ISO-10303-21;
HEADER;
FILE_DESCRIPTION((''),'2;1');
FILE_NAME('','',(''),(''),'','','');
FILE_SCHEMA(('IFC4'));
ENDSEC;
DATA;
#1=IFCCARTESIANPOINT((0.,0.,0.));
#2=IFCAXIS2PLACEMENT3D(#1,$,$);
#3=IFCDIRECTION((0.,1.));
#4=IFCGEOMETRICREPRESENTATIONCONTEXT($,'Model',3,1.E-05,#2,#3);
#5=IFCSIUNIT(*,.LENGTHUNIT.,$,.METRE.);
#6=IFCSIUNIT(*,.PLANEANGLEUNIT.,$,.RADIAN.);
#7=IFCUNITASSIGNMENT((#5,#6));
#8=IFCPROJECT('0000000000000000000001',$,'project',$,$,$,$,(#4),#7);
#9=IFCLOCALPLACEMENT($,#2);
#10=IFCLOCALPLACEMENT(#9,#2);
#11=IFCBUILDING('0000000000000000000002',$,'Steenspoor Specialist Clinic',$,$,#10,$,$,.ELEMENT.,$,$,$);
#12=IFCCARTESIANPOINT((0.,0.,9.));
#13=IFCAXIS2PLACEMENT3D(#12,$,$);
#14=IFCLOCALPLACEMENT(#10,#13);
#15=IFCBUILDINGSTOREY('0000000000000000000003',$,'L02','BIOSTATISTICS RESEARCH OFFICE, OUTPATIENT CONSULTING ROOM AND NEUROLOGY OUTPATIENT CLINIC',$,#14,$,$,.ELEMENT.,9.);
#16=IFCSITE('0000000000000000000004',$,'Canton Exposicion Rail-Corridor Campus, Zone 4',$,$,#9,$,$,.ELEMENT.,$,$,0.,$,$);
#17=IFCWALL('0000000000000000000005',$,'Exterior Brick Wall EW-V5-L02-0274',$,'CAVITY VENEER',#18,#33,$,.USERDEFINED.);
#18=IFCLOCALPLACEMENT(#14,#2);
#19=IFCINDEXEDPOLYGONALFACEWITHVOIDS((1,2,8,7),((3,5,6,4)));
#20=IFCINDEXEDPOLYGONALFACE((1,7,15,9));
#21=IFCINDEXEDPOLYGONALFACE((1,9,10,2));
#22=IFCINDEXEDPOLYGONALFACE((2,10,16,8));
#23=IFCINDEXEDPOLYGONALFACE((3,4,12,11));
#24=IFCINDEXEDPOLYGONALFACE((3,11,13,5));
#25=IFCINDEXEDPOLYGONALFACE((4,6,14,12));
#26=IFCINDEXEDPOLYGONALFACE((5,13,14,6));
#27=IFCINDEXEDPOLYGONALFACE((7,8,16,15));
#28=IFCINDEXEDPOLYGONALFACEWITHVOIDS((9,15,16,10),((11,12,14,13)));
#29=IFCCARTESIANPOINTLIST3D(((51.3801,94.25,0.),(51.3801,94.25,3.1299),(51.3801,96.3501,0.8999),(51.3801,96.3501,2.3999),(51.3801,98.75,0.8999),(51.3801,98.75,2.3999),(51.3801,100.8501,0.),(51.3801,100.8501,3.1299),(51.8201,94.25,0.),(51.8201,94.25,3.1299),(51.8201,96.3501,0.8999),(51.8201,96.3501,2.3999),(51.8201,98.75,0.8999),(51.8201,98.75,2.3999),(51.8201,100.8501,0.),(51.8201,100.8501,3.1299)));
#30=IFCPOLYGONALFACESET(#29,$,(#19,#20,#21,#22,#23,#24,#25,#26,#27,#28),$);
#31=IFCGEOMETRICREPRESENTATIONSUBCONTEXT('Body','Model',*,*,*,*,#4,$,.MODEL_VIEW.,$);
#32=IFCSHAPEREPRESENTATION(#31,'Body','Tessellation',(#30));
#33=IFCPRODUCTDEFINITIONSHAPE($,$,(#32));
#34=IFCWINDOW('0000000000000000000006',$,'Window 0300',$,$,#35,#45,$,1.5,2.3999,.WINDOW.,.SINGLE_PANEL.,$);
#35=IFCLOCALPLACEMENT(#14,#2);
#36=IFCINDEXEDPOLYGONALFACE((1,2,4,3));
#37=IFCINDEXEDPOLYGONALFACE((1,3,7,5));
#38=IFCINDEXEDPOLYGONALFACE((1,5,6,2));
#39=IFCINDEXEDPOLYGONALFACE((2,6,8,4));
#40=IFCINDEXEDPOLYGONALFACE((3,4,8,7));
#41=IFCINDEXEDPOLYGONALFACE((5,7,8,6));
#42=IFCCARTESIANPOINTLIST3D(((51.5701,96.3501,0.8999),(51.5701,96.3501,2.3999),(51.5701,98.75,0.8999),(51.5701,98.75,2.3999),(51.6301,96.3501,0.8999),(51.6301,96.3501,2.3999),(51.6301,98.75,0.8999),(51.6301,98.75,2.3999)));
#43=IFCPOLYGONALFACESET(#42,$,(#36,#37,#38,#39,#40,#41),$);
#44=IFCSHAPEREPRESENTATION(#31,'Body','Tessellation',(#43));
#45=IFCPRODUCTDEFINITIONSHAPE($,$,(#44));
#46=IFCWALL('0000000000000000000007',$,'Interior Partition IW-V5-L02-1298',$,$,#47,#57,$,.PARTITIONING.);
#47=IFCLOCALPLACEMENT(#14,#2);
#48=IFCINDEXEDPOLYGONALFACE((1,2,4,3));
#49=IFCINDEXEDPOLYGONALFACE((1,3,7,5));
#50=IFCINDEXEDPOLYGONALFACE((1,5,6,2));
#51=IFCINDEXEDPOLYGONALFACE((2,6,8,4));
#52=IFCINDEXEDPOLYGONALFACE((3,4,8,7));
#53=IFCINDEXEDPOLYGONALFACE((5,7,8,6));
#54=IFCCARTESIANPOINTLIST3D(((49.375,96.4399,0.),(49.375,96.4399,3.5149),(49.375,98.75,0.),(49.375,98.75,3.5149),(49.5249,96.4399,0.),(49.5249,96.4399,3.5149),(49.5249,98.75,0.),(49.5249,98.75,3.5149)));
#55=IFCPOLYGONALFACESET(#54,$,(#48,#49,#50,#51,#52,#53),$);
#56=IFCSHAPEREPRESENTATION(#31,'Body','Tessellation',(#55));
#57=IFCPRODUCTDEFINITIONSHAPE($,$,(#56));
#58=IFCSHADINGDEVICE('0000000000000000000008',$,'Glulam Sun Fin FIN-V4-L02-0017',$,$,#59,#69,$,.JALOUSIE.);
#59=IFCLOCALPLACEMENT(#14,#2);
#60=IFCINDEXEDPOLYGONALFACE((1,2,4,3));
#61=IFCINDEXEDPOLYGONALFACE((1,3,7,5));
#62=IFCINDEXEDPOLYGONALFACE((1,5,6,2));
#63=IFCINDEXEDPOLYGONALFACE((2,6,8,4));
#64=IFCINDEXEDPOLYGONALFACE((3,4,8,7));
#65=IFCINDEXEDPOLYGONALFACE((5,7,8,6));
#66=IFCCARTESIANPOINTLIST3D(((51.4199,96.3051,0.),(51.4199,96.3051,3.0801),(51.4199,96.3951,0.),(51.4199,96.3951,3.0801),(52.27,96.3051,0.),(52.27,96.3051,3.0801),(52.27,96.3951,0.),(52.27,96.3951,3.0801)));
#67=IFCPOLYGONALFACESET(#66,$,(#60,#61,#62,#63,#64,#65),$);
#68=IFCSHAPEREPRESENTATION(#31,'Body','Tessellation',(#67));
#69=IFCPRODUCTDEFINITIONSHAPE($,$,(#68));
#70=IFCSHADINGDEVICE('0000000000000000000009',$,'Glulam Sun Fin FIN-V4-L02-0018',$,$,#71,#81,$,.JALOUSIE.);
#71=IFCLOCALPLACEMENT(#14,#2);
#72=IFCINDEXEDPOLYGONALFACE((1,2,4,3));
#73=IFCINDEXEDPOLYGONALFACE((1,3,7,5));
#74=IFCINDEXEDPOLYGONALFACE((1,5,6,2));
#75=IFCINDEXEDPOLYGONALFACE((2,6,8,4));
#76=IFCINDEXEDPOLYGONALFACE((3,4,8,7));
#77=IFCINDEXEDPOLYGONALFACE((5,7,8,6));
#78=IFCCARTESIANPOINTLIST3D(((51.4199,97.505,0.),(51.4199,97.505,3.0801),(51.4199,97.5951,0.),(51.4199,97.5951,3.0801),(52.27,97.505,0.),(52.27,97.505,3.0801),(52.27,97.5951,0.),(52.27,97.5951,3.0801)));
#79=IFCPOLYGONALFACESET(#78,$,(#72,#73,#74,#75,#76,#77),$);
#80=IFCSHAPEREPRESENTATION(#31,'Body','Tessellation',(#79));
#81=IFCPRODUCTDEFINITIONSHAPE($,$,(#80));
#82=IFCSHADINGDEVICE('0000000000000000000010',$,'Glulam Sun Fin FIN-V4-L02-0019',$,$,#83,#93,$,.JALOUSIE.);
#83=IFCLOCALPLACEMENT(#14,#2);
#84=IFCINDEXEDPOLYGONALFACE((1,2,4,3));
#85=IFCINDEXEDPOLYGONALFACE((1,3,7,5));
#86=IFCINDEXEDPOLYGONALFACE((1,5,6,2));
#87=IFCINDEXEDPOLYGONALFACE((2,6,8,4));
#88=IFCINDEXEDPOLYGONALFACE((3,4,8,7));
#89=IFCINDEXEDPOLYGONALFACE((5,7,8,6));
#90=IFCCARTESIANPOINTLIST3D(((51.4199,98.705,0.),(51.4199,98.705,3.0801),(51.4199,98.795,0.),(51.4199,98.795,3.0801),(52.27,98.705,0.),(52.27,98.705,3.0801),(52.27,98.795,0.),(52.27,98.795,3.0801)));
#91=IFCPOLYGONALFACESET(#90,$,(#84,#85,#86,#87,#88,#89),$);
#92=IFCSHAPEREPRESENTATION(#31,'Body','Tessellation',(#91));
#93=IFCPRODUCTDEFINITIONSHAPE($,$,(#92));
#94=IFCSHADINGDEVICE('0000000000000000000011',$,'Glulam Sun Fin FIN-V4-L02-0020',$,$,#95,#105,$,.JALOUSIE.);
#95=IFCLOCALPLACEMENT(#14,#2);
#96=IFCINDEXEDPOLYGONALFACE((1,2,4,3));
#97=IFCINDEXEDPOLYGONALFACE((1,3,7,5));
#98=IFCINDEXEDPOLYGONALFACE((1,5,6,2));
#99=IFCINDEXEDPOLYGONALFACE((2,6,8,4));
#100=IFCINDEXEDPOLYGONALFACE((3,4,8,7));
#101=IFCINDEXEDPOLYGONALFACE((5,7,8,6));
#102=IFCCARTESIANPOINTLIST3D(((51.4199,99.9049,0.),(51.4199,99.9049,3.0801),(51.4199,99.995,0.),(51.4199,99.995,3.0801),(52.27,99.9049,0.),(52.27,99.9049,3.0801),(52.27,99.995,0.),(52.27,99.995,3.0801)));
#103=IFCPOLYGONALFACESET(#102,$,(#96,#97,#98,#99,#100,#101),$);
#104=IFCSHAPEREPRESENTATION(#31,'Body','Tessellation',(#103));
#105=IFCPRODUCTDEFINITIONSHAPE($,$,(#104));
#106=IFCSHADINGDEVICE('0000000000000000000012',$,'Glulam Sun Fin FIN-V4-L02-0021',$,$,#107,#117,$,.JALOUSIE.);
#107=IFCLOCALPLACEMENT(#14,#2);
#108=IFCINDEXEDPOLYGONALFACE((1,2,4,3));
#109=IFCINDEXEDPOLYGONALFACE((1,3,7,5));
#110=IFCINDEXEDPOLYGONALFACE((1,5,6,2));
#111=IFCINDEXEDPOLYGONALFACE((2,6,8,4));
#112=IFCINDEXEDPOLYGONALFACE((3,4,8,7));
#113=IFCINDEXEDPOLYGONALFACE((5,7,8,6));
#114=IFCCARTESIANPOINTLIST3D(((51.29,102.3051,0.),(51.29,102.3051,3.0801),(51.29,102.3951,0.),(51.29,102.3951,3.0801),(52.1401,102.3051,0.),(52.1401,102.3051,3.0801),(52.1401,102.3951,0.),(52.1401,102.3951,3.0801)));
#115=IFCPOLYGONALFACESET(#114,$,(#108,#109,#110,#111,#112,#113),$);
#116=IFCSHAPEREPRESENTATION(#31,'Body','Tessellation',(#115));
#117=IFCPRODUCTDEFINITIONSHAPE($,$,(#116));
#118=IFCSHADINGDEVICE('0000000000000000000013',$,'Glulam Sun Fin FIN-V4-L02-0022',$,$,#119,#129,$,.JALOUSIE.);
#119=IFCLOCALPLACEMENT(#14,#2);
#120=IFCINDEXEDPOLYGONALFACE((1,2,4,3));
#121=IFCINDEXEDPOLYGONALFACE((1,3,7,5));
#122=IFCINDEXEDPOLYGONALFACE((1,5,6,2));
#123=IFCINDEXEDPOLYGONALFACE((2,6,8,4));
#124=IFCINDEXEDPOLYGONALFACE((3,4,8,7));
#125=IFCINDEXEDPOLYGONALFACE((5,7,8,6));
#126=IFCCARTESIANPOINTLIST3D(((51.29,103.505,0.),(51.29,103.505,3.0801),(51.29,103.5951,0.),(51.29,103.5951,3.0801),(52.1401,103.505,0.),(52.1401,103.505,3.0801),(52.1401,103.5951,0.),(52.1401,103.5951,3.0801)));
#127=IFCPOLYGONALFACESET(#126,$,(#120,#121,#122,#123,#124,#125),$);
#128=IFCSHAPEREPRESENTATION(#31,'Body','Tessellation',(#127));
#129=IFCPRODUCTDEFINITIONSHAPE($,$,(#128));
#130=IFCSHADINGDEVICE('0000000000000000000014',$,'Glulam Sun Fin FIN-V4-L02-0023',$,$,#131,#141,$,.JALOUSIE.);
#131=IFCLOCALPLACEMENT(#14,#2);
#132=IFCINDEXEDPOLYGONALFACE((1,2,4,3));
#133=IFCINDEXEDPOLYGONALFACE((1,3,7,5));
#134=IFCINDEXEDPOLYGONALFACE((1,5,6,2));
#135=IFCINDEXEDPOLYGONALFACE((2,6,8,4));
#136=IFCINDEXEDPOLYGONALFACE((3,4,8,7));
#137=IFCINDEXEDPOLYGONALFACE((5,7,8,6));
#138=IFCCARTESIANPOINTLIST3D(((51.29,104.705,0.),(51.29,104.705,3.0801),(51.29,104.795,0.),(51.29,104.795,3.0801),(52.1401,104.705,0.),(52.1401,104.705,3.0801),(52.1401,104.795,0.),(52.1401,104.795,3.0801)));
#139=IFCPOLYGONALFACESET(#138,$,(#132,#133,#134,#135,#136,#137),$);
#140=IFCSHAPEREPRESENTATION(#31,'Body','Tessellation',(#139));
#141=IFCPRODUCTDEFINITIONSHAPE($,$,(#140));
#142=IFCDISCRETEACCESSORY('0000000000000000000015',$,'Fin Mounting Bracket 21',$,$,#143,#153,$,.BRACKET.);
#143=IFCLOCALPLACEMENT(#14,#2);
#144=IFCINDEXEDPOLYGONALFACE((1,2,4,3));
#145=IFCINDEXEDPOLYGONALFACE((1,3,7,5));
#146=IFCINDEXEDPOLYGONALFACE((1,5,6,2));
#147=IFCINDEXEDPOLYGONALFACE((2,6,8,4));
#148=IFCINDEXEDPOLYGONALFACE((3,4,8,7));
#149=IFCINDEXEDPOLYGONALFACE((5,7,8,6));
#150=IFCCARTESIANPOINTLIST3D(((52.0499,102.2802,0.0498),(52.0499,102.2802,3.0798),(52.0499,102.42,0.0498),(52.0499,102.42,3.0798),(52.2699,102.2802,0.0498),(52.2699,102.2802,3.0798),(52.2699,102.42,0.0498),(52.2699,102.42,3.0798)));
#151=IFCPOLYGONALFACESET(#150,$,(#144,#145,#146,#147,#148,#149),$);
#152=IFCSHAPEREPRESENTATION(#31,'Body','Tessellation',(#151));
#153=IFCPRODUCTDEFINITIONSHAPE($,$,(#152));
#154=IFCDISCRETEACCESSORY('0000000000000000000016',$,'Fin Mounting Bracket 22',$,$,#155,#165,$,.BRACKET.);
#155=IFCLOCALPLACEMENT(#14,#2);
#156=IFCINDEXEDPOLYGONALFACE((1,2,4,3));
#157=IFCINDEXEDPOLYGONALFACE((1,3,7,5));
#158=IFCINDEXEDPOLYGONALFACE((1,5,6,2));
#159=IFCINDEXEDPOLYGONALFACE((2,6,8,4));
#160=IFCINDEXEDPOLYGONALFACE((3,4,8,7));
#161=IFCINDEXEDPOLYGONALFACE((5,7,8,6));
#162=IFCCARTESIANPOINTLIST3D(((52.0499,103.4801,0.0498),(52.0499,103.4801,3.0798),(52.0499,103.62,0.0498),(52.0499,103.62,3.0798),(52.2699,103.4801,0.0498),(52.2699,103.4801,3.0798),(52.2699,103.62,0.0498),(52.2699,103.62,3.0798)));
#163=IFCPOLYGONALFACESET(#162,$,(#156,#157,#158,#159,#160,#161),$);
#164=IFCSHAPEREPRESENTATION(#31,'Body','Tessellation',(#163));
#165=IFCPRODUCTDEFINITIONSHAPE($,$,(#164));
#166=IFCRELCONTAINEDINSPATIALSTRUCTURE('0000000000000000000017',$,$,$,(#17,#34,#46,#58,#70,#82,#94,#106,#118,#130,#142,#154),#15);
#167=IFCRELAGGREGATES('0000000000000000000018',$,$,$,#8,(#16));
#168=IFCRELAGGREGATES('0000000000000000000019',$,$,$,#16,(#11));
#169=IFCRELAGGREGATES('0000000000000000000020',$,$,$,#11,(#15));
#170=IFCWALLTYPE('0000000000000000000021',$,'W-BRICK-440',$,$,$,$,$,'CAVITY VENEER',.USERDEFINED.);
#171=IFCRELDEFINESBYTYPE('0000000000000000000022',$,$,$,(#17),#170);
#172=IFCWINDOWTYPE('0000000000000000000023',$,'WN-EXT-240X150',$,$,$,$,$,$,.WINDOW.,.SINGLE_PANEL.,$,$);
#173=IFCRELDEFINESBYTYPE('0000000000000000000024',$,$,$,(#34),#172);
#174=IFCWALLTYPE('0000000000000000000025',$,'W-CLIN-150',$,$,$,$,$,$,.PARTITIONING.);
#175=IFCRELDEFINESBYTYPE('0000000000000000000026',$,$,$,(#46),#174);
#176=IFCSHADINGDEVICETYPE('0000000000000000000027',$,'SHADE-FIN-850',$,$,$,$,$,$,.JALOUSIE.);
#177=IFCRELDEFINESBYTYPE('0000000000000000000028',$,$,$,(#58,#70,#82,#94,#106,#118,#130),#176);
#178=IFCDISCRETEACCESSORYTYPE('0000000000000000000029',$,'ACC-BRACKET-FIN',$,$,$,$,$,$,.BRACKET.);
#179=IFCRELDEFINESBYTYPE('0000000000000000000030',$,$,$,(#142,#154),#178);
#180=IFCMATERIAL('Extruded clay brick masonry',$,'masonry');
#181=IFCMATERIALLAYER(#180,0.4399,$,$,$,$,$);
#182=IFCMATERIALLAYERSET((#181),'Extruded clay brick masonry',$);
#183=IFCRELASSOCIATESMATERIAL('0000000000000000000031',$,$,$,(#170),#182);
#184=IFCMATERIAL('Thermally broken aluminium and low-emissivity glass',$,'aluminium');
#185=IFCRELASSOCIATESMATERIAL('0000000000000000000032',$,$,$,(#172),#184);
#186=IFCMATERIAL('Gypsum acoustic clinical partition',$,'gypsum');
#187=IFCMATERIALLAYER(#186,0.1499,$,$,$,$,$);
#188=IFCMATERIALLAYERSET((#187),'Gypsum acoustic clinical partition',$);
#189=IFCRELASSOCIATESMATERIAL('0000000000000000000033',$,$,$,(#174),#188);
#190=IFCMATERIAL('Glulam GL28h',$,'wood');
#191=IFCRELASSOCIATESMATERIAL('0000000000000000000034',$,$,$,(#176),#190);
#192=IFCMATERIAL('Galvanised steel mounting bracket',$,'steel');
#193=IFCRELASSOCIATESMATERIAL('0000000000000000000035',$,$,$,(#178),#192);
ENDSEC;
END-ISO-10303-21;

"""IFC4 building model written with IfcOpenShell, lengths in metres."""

from ifc_helpers import new_model, si_unit, direction, frame, frame_2d, origin, origin_2d, place, context, subcontext, project, spatial, rectangle, extrude, material, layer, layer_set, material_profile, profile_set, type_object, element, fill, save


model = new_model("IFC4")

# Units and contexts
model_context = context("Model", 3, precision=1e-05, world=origin(), true_north=direction((0.0, 1.0)))
body_context = subcontext(model_context, "Body", "Model", "MODEL_VIEW")
ifc_project = project(units=[si_unit("LENGTHUNIT", "METRE"), si_unit("PLANEANGLEUNIT", "RADIAN")], contexts=[model_context])

# Site, building, storey
site_placement = place(None, origin())
site = spatial("IfcSite", under=ifc_project, at=site_placement, Name="Canton Exposicion Rail-Corridor Campus, Zone 4", CompositionType="ELEMENT", RefElevation=0.0)
building_placement = place(site_placement, origin())
building = spatial("IfcBuilding", under=site, at=building_placement, Name="Steenspoor Specialist Clinic", CompositionType="ELEMENT")
storey_placement = place(building_placement, frame((0.0, 0.0, 9.0)))
storey = spatial("IfcBuildingStorey", under=building, at=storey_placement, Name="L02", Description="BIOSTATISTICS RESEARCH OFFICE, OUTPATIENT CONSULTING ROOM AND NEUROLOGY OUTPATIENT CLINIC", CompositionType="ELEMENT", Elevation=9.0)

# Shared definitions
ifc_material_1 = material(Name="Thermally broken aluminium and low-emissivity glass", Category="aluminium")

# Wall, opening, window
ifc_material_2 = material(Name="Extruded clay brick masonry", Category="masonry")
ifc_layer_1 = layer(ifc_material_2, 0.4399)
ifc_layer_set_1 = layer_set([ifc_layer_1], Name="Extruded clay brick masonry")
wall_type_1 = type_object("IfcWallType", Name="W-BRICK-440", ElementType="CAVITY VENEER", PredefinedType="USERDEFINED", material=ifc_layer_set_1)
wall_1_placement = place(storey_placement, frame((51.6001, 100.8501, 0.0), z_axis=(0.0, 0.0, 1.0), x_axis=(0.0, -1.0, 0.0)))
wall_1 = element("IfcWall", 1, at=wall_1_placement, inside=storey, type_object=wall_type_1, Name="Exterior Brick Wall EW-V5-L02-0274", ObjectType="CAVITY VENEER", PredefinedType="USERDEFINED", context=body_context, shape_type="SweptSolid", body=[
    extrude(rectangle(XDim=6.6001, YDim=0.4399, at=frame_2d((3.3, 0.0))), origin(), (0.0, 0.0, 1.0), 3.1299),
])
opening_placement = place(wall_1_placement, frame((2.1001, 0.0, 0.8999)))
opening = element("IfcOpeningElement", 2, at=opening_placement, cuts=wall_1, PredefinedType="OPENING", context=body_context, shape_type="SweptSolid", body=[
    extrude(rectangle(XDim=2.3999, YDim=1.5, at=frame_2d((1.2, 0.75))), frame((0.0, 0.23, 0.0), z_axis=(0.0, -1.0, 0.0), x_axis=(1.0, 0.0, 0.0)), (0.0, 0.0, 1.0), 0.46),
])
window_type = type_object("IfcWindowType", Name="WN-EXT-240X150", PartitioningType="SINGLE_PANEL", PredefinedType="WINDOW", material=ifc_material_1)
window_placement = place(opening_placement, origin())
window = element("IfcWindow", 3, at=window_placement, inside=storey, type_object=window_type, Name="Window 0300", OverallHeight=1.5, OverallWidth=2.3999, PartitioningType="SINGLE_PANEL", PredefinedType="WINDOW", context=body_context, shape_type="SweptSolid", body=[
    extrude(rectangle(XDim=2.3999, YDim=1.5, at=frame_2d((1.2, 0.75))), frame((0.0, 0.03, 0.0), z_axis=(0.0, -1.0, 0.0), x_axis=(1.0, 0.0, 0.0)), (0.0, 0.0, 1.0), 0.0601),
])
fill(opening, window)

# Wall
ifc_material_3 = material(Name="Gypsum acoustic clinical partition", Category="gypsum")
ifc_layer_2 = layer(ifc_material_3, 0.1499)
ifc_layer_set_2 = layer_set([ifc_layer_2], Name="Gypsum acoustic clinical partition")
wall_type_2 = type_object("IfcWallType", Name="W-CLIN-150", PredefinedType="PARTITIONING", material=ifc_layer_set_2)
wall_2_placement = place(storey_placement, frame((49.45, 96.4399, 0.0), z_axis=(0.0, 0.0, 1.0), x_axis=(0.0, 1.0, 0.0)))
element("IfcWall", 4, at=wall_2_placement, inside=storey, type_object=wall_type_2, Name="Interior Partition IW-V5-L02-1298", PredefinedType="PARTITIONING", context=body_context, shape_type="SweptSolid", body=[
    extrude(rectangle(XDim=2.3101, YDim=0.1499, at=frame_2d((1.155, 0.0))), origin(), (0.0, 0.0, 1.0), 3.5149),
])

# Shading devices
ifc_material_4 = material(Name="Glulam GL28h", Category="wood")
ifc_material_profile_1 = material_profile(ifc_material_4, rectangle(XDim=0.0901, YDim=0.8501, at=origin_2d()), Name="GL28H-90X850")
ifc_profile_set_1 = profile_set([ifc_material_profile_1], Name="Glulam GL28h")
shading_device_type = type_object("IfcShadingDeviceType", Name="SHADE-FIN-850", PredefinedType="JALOUSIE", material=ifc_profile_set_1)
for number, where, z_axis, x_axis, name in (
    (5, (51.845, 96.3501, 0.0), (0.0, 0.0, 1.0), (0.0, 1.0, 0.0), "Glulam Sun Fin FIN-V4-L02-0017"),
    (6, (51.845, 97.55, 0.0), (0.0, 0.0, 1.0), (0.0, 1.0, 0.0), "Glulam Sun Fin FIN-V4-L02-0018"),
    (7, (51.845, 98.75, 0.0), (0.0, 0.0, 1.0), (0.0, 1.0, 0.0), "Glulam Sun Fin FIN-V4-L02-0019"),
    (8, (51.845, 99.95, 0.0), (0.0, 0.0, 1.0), (0.0, 1.0, 0.0), "Glulam Sun Fin FIN-V4-L02-0020"),
    (9, (51.7151, 102.3501, 0.0), (0.0, 0.0, 1.0), (0.0, 1.0, 0.0), "Glulam Sun Fin FIN-V4-L02-0021"),
    (10, (51.7151, 103.55, 0.0), (0.0, 0.0, 1.0), (0.0, 1.0, 0.0), "Glulam Sun Fin FIN-V4-L02-0022"),
    (11, (51.7151, 104.75, 0.0), (0.0, 0.0, 1.0), (0.0, 1.0, 0.0), "Glulam Sun Fin FIN-V4-L02-0023"),
):
    element("IfcShadingDevice", number, at=place(storey_placement, frame(where, z_axis=z_axis, x_axis=x_axis)), inside=storey, type_object=shading_device_type, Name=name, PredefinedType="JALOUSIE", context=body_context, shape_type="SweptSolid", body=[
        extrude(rectangle(XDim=0.0901, YDim=0.8501, at=origin_2d()), origin(), (0.0, 0.0, 1.0), 3.0801),
    ])

# Discrete accessories
ifc_material_5 = material(Name="Galvanised steel mounting bracket", Category="steel")
discrete_accessory_type = type_object("IfcDiscreteAccessoryType", Name="ACC-BRACKET-FIN", PredefinedType="BRACKET", material=ifc_material_5)
for number, where, z_axis, x_axis, name in (
    (12, (52.1599, 102.3501, 0.0498), (0.0, 0.0, 1.0), (-1.0, 0.0, 0.0), "Fin Mounting Bracket 21"),
    (13, (52.1599, 103.55, 0.0498), (0.0, 0.0, 1.0), (-1.0, 0.0, 0.0), "Fin Mounting Bracket 22"),
):
    element("IfcDiscreteAccessory", number, at=place(storey_placement, frame(where, z_axis=z_axis, x_axis=x_axis)), inside=storey, type_object=discrete_accessory_type, Name=name, PredefinedType="BRACKET", context=body_context, shape_type="SweptSolid", body=[
        extrude(rectangle(XDim=0.22, YDim=0.1399, at=origin_2d()), origin(), (0.0, 0.0, 1.0), 3.03),
    ])

save(model, "model.ifc")
